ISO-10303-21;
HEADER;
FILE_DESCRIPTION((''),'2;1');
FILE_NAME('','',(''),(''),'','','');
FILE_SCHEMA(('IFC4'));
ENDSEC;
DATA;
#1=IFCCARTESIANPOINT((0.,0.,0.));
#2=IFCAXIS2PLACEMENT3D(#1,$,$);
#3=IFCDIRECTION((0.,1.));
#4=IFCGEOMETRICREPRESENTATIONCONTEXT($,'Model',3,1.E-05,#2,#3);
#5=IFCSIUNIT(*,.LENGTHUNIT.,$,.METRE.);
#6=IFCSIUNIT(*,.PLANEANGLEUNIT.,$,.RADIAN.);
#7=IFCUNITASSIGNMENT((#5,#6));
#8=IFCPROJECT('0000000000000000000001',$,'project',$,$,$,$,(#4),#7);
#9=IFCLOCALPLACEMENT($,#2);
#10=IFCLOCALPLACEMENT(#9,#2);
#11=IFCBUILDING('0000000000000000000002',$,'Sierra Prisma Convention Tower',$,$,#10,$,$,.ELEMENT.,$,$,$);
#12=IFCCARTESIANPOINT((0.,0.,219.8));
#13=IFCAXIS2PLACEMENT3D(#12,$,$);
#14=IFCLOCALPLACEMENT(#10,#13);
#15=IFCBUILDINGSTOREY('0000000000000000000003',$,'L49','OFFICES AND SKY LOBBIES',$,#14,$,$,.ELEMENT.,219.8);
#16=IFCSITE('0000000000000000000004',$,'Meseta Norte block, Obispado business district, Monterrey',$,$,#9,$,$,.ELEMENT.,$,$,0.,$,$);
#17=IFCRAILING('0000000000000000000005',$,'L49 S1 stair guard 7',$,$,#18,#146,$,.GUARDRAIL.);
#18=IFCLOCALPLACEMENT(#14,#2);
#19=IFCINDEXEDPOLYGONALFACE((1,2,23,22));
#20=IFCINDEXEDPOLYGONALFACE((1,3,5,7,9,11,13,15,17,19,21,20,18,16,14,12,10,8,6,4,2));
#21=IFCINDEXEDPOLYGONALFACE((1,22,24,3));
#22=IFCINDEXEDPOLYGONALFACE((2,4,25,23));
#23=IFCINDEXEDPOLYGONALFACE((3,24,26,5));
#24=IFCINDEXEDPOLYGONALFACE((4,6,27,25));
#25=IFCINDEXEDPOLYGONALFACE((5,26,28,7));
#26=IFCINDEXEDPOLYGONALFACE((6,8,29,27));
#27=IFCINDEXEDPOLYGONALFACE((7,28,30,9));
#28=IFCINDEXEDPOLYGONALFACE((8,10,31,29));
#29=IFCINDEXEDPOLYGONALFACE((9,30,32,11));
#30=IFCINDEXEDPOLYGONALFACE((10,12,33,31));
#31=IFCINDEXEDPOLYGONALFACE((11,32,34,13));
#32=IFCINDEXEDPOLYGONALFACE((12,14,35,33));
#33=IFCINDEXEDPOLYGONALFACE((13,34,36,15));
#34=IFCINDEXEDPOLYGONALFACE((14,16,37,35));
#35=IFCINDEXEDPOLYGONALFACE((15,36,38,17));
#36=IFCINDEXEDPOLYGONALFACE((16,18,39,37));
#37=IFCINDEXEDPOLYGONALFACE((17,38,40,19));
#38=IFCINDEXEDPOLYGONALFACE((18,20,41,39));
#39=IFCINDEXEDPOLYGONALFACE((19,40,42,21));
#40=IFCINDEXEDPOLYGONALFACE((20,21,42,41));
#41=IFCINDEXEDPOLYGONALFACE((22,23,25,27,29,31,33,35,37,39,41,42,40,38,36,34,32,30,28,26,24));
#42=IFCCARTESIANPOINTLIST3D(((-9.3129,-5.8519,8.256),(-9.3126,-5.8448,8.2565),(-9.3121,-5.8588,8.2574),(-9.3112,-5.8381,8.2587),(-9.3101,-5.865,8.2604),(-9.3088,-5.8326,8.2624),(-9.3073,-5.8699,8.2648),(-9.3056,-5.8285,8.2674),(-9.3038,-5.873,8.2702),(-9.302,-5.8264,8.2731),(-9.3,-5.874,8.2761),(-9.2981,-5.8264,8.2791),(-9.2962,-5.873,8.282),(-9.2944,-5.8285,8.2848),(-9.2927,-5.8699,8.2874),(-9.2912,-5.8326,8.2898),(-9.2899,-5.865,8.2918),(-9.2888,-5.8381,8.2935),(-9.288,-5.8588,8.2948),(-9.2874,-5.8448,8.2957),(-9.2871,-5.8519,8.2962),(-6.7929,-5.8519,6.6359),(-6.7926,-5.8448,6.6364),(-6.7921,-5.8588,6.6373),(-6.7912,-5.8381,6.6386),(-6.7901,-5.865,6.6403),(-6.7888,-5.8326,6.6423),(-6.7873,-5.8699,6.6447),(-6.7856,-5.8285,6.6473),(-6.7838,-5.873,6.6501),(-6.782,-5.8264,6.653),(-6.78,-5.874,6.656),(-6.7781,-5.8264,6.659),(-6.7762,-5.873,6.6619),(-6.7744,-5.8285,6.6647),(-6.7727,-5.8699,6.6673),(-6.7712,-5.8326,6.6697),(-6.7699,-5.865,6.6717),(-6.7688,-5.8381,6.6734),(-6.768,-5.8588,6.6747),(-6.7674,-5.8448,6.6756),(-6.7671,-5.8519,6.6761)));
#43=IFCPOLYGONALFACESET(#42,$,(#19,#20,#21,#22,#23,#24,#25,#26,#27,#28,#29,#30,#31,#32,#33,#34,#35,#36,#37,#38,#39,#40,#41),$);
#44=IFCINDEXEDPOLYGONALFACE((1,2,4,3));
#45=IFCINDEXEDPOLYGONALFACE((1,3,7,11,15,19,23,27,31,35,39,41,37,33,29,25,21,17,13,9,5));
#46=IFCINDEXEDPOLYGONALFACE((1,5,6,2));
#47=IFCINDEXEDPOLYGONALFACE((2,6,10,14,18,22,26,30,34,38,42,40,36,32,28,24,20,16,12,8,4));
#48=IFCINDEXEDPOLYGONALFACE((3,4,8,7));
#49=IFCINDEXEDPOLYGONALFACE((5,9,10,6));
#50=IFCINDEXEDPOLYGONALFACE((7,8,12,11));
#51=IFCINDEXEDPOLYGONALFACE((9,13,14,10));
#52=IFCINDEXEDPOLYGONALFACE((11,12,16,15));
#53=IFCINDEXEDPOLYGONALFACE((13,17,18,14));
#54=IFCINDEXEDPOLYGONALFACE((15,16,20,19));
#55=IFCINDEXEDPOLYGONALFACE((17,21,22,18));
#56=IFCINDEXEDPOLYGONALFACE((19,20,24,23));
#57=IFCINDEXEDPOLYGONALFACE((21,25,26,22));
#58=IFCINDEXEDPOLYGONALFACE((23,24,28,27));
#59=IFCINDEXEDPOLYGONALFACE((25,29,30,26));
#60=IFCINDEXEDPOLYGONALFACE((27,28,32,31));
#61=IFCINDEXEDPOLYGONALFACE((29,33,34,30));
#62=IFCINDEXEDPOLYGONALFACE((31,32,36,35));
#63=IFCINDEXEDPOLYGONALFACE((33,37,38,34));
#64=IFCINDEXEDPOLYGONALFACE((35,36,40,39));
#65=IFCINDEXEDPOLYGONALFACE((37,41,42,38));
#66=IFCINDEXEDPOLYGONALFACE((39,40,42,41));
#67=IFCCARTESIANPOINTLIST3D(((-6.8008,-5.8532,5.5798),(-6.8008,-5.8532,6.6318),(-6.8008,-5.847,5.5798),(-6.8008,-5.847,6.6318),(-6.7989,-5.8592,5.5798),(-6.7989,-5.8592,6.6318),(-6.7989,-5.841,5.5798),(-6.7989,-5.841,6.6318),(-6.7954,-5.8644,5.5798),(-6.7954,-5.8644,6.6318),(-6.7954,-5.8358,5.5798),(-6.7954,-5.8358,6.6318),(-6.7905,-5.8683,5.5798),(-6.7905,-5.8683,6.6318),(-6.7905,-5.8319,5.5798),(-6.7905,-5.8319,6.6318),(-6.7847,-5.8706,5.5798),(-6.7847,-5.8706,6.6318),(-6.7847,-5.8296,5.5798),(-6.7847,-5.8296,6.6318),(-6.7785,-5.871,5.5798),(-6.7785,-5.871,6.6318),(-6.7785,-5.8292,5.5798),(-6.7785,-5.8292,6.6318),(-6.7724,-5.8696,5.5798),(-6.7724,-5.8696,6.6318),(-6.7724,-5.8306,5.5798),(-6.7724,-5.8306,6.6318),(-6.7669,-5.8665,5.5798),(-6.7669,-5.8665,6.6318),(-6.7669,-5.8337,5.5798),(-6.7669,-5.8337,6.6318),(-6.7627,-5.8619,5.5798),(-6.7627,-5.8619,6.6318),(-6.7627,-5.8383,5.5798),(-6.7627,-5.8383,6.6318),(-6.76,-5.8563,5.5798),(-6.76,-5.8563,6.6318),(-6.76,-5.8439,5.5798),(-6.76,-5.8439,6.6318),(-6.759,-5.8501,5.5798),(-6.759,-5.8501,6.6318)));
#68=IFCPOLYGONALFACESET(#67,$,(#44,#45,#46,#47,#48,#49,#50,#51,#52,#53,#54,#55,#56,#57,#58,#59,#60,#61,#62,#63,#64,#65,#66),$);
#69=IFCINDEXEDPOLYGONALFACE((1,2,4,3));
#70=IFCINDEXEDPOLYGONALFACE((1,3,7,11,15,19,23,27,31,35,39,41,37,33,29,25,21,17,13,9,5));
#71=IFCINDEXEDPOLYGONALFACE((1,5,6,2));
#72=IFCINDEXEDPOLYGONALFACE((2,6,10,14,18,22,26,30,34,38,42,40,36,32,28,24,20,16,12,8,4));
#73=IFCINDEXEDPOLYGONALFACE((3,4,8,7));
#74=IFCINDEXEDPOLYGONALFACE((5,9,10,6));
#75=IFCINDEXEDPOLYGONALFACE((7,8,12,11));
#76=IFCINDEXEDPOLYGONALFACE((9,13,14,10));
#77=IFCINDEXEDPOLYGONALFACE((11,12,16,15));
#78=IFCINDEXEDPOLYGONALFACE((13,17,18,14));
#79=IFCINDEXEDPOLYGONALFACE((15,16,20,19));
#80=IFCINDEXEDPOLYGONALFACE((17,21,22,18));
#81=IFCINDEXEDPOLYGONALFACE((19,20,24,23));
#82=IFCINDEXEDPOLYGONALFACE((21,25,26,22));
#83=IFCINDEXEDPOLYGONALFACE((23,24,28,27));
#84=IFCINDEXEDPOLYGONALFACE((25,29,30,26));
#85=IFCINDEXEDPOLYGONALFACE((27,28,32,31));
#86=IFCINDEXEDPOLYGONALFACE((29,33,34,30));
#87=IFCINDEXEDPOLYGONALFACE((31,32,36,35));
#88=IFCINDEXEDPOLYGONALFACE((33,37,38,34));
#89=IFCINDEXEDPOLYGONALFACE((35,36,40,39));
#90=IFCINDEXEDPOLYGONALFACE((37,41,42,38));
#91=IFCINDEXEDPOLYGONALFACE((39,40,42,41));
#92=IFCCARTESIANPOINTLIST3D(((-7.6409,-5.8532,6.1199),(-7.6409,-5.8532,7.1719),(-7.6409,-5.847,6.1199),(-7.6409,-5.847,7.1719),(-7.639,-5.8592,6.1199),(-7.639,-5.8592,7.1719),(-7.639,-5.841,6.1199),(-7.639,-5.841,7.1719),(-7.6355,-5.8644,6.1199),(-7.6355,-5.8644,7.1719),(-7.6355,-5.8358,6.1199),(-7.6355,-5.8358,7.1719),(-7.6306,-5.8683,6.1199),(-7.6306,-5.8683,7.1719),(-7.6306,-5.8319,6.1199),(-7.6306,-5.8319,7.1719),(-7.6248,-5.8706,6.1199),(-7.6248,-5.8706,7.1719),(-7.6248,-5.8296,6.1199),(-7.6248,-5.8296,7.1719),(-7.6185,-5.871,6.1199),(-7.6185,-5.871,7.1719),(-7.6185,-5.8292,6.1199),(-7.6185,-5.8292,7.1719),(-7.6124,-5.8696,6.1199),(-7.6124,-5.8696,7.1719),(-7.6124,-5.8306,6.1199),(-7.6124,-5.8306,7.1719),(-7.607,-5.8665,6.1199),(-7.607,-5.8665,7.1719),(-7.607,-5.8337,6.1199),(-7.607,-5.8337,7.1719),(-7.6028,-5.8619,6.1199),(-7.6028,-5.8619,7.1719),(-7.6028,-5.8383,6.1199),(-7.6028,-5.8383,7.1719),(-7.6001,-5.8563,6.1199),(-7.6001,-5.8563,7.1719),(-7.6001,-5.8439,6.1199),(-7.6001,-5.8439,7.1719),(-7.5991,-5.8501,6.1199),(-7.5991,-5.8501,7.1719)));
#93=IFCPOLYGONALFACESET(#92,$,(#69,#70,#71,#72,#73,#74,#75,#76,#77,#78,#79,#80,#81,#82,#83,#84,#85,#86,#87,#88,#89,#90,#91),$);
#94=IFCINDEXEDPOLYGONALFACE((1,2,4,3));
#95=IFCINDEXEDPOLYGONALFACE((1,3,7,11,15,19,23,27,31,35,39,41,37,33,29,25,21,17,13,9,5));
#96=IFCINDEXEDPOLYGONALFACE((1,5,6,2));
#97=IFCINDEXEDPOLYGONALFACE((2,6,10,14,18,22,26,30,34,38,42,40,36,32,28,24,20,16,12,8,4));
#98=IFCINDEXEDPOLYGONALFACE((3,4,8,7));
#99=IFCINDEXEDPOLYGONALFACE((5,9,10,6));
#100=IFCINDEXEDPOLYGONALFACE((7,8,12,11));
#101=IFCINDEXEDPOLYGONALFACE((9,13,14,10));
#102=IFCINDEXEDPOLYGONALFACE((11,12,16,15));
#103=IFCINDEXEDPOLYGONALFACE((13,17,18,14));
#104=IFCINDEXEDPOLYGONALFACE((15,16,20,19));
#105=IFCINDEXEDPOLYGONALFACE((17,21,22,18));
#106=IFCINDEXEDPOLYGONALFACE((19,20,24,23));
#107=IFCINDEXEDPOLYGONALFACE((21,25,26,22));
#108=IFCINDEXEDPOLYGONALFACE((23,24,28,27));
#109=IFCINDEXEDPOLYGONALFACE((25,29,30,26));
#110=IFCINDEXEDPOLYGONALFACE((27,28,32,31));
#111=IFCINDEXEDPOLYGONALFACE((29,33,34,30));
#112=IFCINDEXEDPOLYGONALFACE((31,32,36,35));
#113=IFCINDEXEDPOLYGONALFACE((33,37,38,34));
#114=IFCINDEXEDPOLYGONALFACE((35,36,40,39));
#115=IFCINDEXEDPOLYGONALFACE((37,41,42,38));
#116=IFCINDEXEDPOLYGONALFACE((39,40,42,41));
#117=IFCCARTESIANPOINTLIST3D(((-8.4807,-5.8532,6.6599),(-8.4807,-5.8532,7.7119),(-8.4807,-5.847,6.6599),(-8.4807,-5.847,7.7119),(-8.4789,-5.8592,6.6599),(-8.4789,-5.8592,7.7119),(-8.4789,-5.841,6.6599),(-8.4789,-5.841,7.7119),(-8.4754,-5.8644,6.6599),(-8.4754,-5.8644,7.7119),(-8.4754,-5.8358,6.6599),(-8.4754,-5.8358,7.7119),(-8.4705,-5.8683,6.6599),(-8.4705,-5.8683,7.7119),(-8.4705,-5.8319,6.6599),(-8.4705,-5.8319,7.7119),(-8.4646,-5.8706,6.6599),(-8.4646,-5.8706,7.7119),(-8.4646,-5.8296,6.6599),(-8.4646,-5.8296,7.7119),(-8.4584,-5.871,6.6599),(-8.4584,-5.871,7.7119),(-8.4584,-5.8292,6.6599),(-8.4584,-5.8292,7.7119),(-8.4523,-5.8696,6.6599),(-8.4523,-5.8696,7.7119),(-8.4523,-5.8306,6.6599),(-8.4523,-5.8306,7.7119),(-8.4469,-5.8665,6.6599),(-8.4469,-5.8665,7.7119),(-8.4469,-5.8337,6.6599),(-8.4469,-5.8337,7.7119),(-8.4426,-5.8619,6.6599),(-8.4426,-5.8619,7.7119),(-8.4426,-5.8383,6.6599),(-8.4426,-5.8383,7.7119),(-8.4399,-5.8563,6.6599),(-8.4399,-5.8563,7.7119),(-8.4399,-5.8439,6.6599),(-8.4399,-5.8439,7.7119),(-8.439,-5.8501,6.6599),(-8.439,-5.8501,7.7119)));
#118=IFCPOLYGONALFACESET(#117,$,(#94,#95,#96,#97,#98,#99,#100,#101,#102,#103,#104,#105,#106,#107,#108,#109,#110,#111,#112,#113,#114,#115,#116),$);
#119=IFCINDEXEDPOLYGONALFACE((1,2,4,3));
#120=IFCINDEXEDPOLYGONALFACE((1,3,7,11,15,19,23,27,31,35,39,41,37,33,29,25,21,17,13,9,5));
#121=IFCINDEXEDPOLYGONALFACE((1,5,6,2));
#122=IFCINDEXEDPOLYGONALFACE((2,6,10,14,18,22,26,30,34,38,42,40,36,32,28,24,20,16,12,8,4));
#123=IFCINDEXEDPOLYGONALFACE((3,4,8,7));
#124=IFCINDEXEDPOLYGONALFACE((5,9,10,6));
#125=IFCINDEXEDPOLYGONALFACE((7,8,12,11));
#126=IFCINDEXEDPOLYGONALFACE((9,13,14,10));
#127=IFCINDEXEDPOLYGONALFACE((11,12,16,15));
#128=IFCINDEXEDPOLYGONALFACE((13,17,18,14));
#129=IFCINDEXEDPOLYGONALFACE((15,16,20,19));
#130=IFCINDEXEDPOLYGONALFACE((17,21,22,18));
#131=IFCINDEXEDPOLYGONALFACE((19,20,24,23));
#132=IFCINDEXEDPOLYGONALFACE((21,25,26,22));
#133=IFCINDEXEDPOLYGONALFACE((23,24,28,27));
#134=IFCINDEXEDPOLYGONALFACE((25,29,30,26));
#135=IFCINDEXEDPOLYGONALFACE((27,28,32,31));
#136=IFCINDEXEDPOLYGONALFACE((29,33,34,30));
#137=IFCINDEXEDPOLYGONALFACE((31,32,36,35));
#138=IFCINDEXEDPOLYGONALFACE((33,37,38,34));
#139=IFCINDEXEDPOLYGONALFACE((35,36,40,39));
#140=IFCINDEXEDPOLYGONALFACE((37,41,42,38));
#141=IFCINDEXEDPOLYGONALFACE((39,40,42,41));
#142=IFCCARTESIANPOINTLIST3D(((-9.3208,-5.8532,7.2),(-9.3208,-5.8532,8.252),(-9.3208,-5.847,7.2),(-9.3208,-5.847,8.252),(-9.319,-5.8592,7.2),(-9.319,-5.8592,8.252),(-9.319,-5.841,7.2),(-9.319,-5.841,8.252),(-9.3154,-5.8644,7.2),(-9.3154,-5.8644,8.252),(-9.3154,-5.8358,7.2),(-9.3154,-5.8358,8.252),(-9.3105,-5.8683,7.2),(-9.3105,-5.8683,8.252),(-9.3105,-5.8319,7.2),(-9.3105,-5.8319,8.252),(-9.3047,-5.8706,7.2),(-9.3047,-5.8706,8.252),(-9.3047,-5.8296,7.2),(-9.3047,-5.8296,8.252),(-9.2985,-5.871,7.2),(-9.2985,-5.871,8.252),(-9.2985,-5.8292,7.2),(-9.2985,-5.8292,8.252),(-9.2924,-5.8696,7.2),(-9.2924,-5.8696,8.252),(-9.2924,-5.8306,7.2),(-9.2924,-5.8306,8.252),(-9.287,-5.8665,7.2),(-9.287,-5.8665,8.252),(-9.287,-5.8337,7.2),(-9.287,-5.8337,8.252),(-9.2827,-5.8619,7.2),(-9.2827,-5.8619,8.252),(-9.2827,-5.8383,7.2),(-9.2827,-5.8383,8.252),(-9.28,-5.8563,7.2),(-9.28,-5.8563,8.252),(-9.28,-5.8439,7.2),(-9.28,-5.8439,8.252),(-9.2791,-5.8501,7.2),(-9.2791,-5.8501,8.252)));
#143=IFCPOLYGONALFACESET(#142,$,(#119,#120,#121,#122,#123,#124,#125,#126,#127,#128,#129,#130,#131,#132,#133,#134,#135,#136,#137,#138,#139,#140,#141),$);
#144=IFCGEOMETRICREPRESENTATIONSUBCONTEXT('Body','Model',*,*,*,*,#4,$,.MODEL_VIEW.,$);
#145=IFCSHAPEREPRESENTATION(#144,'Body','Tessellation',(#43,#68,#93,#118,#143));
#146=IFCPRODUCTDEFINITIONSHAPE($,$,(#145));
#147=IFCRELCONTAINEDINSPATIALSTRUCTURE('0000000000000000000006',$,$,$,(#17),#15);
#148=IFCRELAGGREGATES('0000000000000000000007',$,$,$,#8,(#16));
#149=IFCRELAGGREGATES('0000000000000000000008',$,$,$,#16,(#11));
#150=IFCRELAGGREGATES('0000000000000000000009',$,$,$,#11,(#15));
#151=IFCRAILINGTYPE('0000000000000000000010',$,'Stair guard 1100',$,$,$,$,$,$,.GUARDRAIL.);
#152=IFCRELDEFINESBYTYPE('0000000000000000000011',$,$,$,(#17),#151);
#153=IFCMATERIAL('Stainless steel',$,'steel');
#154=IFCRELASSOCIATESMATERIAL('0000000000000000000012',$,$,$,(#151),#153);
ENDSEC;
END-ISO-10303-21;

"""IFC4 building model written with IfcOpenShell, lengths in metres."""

from ifc_helpers import new_model, si_unit, direction, frame, origin, origin_2d, place, context, subcontext, project, spatial, circle, extrude, material, type_object, element, save


model = new_model("IFC4")

# Units and contexts
model_context = context("Model", 3, precision=1e-05, world=origin(), true_north=direction((0.0, 1.0)))
body_context = subcontext(model_context, "Body", "Model", "MODEL_VIEW")
ifc_project = project(units=[si_unit("LENGTHUNIT", "METRE"), si_unit("PLANEANGLEUNIT", "RADIAN")], contexts=[model_context])

# Site, building, storey
site_placement = place(None, origin())
site = spatial("IfcSite", under=ifc_project, at=site_placement, Name="Meseta Norte block, Obispado business district, Monterrey", CompositionType="ELEMENT", RefElevation=0.0)
building_placement = place(site_placement, origin())
building = spatial("IfcBuilding", under=site, at=building_placement, Name="Sierra Prisma Convention Tower", CompositionType="ELEMENT")
storey_placement = place(building_placement, frame((0.0, 0.0, 219.8)))
storey = spatial("IfcBuildingStorey", under=building, at=storey_placement, Name="L49", Description="OFFICES AND SKY LOBBIES", CompositionType="ELEMENT", Elevation=219.8)

# Railing
ifc_material_1 = material(Name="Stainless steel", Category="steel")
railing_type_1 = type_object("IfcRailingType", Name="Stair guard 1100", PredefinedType="GUARDRAIL", material=ifc_material_1)
railing_1_placement = place(storey_placement, frame((-6.78, -5.8501, 5.5798)))
element("IfcRailing", 1, at=railing_1_placement, inside=storey, type_object=railing_type_1, Name="L49 S1 stair guard 7", PredefinedType="GUARDRAIL", context=body_context, shape_type="SweptSolid", body=[
    extrude(circle(Radius=0.0239, at=origin_2d()), frame((0.0, 0.0, 1.0762), z_axis=(-0.841163, 0.0, 0.540782), x_axis=(0.0, -1.0, 0.0)), (0.0, 0.0, 1.0), 2.9958),
    extrude(circle(Radius=0.021, at=origin_2d()), origin(), (0.0, 0.0, 1.0), 1.052),
    extrude(circle(Radius=0.021, at=origin_2d()), frame((-0.8401, 0.0, 0.54)), (0.0, 0.0, 1.0), 1.052),
    extrude(circle(Radius=0.021, at=origin_2d()), frame((-1.6799, 0.0, 1.0801)), (0.0, 0.0, 1.0), 1.052),
    extrude(circle(Radius=0.021, at=origin_2d()), frame((-2.52, 0.0, 1.6201)), (0.0, 0.0, 1.0), 1.052),
])

save(model, "model.ifc")
